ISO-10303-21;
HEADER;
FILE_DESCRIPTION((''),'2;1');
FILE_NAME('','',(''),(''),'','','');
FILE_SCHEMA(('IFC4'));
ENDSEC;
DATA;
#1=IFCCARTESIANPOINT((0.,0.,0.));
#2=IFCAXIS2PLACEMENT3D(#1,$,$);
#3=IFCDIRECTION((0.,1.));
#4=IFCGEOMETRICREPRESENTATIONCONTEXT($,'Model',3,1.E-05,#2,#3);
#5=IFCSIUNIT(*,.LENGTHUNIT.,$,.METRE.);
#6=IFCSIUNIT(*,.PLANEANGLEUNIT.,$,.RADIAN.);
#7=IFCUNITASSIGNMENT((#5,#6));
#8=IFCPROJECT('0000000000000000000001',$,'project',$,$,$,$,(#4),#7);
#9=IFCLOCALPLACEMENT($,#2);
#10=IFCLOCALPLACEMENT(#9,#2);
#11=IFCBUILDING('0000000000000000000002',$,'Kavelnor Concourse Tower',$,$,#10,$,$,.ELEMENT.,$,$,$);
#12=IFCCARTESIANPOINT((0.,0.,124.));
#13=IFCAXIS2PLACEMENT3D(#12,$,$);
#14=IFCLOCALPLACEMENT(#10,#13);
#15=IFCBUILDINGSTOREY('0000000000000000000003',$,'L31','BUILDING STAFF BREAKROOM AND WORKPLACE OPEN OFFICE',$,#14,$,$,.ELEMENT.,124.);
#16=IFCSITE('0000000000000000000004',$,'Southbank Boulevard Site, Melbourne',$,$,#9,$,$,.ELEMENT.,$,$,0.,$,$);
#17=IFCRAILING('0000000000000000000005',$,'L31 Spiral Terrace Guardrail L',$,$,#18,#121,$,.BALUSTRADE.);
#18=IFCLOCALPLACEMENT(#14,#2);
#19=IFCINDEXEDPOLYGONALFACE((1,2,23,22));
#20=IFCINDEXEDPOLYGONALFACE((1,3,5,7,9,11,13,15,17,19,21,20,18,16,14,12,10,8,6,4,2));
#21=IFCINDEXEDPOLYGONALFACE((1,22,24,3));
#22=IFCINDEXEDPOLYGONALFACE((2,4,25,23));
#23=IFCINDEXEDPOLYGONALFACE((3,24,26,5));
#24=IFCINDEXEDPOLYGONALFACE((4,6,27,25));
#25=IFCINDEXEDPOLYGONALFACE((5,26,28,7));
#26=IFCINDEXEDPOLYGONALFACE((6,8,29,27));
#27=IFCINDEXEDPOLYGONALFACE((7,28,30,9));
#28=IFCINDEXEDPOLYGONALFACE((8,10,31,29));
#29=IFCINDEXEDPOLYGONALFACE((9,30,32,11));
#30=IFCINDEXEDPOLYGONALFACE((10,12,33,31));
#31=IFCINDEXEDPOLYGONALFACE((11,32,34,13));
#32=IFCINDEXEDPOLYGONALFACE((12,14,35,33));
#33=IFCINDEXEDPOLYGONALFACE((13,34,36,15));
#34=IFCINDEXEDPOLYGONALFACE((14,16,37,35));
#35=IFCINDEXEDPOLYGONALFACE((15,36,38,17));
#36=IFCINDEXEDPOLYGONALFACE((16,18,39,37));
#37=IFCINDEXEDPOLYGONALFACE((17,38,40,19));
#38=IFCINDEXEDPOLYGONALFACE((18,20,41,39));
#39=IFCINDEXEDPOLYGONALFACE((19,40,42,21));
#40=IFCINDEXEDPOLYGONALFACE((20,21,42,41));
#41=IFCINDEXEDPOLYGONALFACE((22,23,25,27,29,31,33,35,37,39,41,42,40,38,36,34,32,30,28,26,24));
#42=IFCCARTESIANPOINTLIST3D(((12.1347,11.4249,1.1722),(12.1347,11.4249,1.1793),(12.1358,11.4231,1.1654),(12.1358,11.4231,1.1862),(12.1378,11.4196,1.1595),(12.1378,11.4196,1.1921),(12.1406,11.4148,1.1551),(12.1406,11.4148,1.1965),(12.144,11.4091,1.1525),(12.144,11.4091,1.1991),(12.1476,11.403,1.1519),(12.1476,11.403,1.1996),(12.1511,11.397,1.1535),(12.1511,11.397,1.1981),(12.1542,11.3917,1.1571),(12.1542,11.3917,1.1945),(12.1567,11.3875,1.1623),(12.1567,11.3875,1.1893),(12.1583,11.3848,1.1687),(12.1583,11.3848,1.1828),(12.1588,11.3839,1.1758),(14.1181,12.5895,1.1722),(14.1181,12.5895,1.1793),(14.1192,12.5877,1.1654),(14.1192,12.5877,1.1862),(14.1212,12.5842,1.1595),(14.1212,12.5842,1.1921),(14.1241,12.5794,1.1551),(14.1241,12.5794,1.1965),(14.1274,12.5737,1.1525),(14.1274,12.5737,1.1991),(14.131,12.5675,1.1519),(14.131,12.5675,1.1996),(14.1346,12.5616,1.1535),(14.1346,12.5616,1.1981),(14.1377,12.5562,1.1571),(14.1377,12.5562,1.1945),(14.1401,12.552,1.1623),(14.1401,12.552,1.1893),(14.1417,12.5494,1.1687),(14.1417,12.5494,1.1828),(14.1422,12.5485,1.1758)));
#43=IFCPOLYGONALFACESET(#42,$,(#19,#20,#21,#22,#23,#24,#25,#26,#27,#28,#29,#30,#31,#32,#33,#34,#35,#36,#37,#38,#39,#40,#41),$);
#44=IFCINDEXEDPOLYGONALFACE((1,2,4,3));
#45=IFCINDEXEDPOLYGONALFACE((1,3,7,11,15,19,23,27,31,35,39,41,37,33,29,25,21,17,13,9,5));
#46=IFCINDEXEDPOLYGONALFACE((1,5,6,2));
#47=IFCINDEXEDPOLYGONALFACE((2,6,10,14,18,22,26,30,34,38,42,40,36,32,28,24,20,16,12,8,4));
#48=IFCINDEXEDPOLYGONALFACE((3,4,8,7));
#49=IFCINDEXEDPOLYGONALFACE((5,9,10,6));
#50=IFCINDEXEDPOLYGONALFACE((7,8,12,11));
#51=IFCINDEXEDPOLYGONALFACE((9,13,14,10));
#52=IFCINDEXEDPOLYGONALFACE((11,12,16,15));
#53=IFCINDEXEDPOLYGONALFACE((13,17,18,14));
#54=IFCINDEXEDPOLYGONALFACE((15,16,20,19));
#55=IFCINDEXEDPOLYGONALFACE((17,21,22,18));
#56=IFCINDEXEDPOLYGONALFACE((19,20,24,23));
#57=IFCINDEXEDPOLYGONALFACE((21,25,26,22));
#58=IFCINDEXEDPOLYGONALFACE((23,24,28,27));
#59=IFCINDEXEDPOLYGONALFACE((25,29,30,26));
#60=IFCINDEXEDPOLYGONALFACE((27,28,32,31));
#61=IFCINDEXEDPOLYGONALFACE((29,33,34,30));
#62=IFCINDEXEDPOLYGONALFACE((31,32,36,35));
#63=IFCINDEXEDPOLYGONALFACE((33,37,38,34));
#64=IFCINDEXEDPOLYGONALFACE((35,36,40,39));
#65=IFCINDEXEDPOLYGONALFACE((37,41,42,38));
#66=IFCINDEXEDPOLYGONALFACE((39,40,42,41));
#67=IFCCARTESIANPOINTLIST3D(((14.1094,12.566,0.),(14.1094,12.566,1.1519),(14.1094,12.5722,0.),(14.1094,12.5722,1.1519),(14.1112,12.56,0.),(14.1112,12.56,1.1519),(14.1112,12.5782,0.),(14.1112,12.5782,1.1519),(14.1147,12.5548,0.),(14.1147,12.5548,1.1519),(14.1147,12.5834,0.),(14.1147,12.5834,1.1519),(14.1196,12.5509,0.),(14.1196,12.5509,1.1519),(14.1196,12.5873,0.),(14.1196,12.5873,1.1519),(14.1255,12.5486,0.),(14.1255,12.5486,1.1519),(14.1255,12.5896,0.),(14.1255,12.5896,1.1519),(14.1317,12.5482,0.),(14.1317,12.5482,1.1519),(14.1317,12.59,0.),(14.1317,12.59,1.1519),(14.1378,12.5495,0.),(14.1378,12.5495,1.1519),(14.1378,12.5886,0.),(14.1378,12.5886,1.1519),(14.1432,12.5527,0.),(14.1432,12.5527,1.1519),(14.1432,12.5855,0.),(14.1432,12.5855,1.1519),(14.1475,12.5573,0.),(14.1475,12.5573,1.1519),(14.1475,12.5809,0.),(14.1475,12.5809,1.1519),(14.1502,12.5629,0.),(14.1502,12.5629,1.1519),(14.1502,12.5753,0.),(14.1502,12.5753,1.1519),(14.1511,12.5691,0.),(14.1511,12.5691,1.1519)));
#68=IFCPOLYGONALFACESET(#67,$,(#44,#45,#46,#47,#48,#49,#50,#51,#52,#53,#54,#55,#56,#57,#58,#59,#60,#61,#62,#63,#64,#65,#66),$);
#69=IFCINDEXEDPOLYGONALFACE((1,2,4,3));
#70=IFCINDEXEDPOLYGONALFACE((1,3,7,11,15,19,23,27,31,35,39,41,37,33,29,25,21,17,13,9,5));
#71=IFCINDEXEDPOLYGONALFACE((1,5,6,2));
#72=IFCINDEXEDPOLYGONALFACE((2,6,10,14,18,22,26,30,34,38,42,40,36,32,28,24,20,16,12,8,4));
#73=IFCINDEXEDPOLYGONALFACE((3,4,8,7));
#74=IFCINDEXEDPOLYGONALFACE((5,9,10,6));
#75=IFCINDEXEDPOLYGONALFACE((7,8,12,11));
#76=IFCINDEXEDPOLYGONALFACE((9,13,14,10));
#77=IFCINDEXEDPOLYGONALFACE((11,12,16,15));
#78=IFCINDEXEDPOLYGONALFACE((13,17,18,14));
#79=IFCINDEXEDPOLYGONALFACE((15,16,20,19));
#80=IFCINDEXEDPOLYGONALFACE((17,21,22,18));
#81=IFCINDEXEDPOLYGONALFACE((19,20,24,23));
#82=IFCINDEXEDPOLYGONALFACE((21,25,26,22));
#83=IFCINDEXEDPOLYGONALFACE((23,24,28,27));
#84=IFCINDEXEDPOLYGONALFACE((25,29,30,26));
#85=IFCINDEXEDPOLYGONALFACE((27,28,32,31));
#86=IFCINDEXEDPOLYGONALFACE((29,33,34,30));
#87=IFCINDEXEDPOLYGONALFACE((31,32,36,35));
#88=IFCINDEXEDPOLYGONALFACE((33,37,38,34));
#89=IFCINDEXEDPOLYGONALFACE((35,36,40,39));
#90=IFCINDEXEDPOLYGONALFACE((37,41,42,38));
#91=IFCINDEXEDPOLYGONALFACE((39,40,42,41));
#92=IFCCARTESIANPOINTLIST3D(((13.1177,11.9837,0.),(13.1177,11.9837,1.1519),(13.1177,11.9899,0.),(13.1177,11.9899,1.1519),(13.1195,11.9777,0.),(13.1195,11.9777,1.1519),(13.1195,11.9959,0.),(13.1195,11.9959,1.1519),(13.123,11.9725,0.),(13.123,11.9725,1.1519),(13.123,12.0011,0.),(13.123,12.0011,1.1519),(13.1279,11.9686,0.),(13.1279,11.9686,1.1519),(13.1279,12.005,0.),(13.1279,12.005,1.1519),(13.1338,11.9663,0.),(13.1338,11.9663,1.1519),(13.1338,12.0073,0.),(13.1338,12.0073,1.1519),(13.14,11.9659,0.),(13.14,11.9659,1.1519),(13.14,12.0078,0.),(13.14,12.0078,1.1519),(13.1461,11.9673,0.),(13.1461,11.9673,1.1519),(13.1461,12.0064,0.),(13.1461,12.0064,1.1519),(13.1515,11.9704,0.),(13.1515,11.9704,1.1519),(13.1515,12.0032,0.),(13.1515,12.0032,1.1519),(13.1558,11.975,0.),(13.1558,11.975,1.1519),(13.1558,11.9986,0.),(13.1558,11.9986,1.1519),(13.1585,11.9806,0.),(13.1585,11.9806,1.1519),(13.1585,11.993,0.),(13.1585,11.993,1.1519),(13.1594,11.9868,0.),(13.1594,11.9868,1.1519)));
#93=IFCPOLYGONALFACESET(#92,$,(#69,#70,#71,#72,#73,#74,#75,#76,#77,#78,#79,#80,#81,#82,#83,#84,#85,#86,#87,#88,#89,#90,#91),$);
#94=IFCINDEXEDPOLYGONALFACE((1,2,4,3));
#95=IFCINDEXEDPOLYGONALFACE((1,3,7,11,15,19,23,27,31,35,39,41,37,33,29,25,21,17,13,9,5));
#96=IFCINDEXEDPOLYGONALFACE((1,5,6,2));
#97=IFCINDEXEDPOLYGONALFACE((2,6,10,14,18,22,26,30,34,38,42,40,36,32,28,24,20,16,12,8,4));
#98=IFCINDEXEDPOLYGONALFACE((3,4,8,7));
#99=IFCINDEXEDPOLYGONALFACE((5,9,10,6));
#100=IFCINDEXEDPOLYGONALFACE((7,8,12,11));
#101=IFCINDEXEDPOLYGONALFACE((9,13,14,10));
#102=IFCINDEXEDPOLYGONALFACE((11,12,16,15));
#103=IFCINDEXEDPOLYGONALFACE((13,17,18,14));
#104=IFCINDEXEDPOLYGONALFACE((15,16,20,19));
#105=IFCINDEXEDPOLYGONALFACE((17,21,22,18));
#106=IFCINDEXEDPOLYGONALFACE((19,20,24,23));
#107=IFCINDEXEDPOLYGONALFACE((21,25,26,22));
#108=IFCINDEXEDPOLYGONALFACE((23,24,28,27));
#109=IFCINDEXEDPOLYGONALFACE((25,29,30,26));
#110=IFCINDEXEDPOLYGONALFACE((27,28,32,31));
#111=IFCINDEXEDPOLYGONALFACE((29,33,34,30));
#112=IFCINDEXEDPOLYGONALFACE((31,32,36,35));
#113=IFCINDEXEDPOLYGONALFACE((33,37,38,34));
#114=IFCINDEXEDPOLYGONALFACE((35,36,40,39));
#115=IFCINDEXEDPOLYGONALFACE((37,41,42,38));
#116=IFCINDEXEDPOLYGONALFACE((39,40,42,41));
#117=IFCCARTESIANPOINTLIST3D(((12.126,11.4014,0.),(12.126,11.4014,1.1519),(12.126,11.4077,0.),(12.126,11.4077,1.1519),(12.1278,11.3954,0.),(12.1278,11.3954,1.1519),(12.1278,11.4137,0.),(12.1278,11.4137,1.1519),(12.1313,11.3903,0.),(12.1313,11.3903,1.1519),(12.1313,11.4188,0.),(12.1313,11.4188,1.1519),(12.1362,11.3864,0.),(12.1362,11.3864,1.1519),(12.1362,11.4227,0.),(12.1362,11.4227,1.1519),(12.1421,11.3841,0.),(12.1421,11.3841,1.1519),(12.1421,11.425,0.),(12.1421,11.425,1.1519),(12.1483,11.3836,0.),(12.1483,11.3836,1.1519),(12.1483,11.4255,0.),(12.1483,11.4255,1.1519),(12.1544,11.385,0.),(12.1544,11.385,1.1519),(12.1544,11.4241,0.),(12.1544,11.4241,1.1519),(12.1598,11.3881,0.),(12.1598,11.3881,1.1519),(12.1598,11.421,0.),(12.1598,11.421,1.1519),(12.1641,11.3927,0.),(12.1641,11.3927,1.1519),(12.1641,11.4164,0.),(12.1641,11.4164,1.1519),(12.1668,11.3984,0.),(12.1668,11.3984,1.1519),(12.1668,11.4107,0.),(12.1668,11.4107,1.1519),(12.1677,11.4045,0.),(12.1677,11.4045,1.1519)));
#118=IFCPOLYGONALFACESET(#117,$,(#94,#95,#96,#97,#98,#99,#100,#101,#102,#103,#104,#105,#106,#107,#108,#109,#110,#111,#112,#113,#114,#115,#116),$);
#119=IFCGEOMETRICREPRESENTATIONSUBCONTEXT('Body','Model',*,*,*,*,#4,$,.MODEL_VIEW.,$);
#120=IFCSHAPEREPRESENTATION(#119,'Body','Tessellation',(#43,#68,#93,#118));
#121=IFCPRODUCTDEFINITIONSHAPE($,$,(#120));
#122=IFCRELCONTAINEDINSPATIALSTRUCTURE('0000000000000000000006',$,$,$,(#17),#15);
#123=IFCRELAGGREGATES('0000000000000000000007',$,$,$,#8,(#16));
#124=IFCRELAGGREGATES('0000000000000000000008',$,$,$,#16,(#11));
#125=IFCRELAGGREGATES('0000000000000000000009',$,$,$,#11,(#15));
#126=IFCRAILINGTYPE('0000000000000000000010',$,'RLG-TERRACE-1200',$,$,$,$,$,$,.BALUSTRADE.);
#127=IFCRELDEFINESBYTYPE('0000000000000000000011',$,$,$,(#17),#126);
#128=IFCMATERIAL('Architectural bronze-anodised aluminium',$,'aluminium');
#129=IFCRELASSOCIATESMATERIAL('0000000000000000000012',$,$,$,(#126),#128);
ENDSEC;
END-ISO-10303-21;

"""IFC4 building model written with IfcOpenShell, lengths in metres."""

from ifc_helpers import new_model, si_unit, direction, frame, origin, origin_2d, place, context, subcontext, project, spatial, circle, extrude, material, type_object, element, save


model = new_model("IFC4")

# Units and contexts
model_context = context("Model", 3, precision=1e-05, world=origin(), true_north=direction((0.0, 1.0)))
body_context = subcontext(model_context, "Body", "Model", "MODEL_VIEW")
ifc_project = project(units=[si_unit("LENGTHUNIT", "METRE"), si_unit("PLANEANGLEUNIT", "RADIAN")], contexts=[model_context])

# Site, building, storey
site_placement = place(None, origin())
site = spatial("IfcSite", under=ifc_project, at=site_placement, Name="Southbank Boulevard Site, Melbourne", CompositionType="ELEMENT", RefElevation=0.0)
building_placement = place(site_placement, origin())
building = spatial("IfcBuilding", under=site, at=building_placement, Name="Kavelnor Concourse Tower", CompositionType="ELEMENT")
storey_placement = place(building_placement, frame((0.0, 0.0, 124.0)))
storey = spatial("IfcBuildingStorey", under=building, at=storey_placement, Name="L31", Description="BUILDING STAFF BREAKROOM AND WORKPLACE OPEN OFFICE", CompositionType="ELEMENT", Elevation=124.0)

# Railing
ifc_material_1 = material(Name="Architectural bronze-anodised aluminium", Category="aluminium")
railing_type = type_object("IfcRailingType", Name="RLG-TERRACE-1200", PredefinedType="BALUSTRADE", material=ifc_material_1)
railing_1_placement = place(storey_placement, frame((14.1301, 12.5691, 0.0)))
element("IfcRailing", 1, at=railing_1_placement, inside=storey, type_object=railing_type, Name="L31 Spiral Terrace Guardrail L", PredefinedType="BALUSTRADE", context=body_context, shape_type="SweptSolid", body=[
    extrude(circle(Radius=0.0239, at=origin_2d()), frame((0.0, 0.0, 1.1758), z_axis=(-0.862343, -0.506324, 0.0), x_axis=(0.506324, -0.862343, 0.0)), (0.0, 0.0, 1.0), 2.3),
    extrude(circle(Radius=0.021, at=origin_2d()), origin(), (0.0, 0.0, 1.0), 1.1519),
    extrude(circle(Radius=0.021, at=origin_2d()), frame((-0.9917, -0.5823, 0.0)), (0.0, 0.0, 1.0), 1.1519),
    extrude(circle(Radius=0.021, at=origin_2d()), frame((-1.9834, -1.1646, 0.0)), (0.0, 0.0, 1.0), 1.1519),
])

save(model, "model.ifc")
